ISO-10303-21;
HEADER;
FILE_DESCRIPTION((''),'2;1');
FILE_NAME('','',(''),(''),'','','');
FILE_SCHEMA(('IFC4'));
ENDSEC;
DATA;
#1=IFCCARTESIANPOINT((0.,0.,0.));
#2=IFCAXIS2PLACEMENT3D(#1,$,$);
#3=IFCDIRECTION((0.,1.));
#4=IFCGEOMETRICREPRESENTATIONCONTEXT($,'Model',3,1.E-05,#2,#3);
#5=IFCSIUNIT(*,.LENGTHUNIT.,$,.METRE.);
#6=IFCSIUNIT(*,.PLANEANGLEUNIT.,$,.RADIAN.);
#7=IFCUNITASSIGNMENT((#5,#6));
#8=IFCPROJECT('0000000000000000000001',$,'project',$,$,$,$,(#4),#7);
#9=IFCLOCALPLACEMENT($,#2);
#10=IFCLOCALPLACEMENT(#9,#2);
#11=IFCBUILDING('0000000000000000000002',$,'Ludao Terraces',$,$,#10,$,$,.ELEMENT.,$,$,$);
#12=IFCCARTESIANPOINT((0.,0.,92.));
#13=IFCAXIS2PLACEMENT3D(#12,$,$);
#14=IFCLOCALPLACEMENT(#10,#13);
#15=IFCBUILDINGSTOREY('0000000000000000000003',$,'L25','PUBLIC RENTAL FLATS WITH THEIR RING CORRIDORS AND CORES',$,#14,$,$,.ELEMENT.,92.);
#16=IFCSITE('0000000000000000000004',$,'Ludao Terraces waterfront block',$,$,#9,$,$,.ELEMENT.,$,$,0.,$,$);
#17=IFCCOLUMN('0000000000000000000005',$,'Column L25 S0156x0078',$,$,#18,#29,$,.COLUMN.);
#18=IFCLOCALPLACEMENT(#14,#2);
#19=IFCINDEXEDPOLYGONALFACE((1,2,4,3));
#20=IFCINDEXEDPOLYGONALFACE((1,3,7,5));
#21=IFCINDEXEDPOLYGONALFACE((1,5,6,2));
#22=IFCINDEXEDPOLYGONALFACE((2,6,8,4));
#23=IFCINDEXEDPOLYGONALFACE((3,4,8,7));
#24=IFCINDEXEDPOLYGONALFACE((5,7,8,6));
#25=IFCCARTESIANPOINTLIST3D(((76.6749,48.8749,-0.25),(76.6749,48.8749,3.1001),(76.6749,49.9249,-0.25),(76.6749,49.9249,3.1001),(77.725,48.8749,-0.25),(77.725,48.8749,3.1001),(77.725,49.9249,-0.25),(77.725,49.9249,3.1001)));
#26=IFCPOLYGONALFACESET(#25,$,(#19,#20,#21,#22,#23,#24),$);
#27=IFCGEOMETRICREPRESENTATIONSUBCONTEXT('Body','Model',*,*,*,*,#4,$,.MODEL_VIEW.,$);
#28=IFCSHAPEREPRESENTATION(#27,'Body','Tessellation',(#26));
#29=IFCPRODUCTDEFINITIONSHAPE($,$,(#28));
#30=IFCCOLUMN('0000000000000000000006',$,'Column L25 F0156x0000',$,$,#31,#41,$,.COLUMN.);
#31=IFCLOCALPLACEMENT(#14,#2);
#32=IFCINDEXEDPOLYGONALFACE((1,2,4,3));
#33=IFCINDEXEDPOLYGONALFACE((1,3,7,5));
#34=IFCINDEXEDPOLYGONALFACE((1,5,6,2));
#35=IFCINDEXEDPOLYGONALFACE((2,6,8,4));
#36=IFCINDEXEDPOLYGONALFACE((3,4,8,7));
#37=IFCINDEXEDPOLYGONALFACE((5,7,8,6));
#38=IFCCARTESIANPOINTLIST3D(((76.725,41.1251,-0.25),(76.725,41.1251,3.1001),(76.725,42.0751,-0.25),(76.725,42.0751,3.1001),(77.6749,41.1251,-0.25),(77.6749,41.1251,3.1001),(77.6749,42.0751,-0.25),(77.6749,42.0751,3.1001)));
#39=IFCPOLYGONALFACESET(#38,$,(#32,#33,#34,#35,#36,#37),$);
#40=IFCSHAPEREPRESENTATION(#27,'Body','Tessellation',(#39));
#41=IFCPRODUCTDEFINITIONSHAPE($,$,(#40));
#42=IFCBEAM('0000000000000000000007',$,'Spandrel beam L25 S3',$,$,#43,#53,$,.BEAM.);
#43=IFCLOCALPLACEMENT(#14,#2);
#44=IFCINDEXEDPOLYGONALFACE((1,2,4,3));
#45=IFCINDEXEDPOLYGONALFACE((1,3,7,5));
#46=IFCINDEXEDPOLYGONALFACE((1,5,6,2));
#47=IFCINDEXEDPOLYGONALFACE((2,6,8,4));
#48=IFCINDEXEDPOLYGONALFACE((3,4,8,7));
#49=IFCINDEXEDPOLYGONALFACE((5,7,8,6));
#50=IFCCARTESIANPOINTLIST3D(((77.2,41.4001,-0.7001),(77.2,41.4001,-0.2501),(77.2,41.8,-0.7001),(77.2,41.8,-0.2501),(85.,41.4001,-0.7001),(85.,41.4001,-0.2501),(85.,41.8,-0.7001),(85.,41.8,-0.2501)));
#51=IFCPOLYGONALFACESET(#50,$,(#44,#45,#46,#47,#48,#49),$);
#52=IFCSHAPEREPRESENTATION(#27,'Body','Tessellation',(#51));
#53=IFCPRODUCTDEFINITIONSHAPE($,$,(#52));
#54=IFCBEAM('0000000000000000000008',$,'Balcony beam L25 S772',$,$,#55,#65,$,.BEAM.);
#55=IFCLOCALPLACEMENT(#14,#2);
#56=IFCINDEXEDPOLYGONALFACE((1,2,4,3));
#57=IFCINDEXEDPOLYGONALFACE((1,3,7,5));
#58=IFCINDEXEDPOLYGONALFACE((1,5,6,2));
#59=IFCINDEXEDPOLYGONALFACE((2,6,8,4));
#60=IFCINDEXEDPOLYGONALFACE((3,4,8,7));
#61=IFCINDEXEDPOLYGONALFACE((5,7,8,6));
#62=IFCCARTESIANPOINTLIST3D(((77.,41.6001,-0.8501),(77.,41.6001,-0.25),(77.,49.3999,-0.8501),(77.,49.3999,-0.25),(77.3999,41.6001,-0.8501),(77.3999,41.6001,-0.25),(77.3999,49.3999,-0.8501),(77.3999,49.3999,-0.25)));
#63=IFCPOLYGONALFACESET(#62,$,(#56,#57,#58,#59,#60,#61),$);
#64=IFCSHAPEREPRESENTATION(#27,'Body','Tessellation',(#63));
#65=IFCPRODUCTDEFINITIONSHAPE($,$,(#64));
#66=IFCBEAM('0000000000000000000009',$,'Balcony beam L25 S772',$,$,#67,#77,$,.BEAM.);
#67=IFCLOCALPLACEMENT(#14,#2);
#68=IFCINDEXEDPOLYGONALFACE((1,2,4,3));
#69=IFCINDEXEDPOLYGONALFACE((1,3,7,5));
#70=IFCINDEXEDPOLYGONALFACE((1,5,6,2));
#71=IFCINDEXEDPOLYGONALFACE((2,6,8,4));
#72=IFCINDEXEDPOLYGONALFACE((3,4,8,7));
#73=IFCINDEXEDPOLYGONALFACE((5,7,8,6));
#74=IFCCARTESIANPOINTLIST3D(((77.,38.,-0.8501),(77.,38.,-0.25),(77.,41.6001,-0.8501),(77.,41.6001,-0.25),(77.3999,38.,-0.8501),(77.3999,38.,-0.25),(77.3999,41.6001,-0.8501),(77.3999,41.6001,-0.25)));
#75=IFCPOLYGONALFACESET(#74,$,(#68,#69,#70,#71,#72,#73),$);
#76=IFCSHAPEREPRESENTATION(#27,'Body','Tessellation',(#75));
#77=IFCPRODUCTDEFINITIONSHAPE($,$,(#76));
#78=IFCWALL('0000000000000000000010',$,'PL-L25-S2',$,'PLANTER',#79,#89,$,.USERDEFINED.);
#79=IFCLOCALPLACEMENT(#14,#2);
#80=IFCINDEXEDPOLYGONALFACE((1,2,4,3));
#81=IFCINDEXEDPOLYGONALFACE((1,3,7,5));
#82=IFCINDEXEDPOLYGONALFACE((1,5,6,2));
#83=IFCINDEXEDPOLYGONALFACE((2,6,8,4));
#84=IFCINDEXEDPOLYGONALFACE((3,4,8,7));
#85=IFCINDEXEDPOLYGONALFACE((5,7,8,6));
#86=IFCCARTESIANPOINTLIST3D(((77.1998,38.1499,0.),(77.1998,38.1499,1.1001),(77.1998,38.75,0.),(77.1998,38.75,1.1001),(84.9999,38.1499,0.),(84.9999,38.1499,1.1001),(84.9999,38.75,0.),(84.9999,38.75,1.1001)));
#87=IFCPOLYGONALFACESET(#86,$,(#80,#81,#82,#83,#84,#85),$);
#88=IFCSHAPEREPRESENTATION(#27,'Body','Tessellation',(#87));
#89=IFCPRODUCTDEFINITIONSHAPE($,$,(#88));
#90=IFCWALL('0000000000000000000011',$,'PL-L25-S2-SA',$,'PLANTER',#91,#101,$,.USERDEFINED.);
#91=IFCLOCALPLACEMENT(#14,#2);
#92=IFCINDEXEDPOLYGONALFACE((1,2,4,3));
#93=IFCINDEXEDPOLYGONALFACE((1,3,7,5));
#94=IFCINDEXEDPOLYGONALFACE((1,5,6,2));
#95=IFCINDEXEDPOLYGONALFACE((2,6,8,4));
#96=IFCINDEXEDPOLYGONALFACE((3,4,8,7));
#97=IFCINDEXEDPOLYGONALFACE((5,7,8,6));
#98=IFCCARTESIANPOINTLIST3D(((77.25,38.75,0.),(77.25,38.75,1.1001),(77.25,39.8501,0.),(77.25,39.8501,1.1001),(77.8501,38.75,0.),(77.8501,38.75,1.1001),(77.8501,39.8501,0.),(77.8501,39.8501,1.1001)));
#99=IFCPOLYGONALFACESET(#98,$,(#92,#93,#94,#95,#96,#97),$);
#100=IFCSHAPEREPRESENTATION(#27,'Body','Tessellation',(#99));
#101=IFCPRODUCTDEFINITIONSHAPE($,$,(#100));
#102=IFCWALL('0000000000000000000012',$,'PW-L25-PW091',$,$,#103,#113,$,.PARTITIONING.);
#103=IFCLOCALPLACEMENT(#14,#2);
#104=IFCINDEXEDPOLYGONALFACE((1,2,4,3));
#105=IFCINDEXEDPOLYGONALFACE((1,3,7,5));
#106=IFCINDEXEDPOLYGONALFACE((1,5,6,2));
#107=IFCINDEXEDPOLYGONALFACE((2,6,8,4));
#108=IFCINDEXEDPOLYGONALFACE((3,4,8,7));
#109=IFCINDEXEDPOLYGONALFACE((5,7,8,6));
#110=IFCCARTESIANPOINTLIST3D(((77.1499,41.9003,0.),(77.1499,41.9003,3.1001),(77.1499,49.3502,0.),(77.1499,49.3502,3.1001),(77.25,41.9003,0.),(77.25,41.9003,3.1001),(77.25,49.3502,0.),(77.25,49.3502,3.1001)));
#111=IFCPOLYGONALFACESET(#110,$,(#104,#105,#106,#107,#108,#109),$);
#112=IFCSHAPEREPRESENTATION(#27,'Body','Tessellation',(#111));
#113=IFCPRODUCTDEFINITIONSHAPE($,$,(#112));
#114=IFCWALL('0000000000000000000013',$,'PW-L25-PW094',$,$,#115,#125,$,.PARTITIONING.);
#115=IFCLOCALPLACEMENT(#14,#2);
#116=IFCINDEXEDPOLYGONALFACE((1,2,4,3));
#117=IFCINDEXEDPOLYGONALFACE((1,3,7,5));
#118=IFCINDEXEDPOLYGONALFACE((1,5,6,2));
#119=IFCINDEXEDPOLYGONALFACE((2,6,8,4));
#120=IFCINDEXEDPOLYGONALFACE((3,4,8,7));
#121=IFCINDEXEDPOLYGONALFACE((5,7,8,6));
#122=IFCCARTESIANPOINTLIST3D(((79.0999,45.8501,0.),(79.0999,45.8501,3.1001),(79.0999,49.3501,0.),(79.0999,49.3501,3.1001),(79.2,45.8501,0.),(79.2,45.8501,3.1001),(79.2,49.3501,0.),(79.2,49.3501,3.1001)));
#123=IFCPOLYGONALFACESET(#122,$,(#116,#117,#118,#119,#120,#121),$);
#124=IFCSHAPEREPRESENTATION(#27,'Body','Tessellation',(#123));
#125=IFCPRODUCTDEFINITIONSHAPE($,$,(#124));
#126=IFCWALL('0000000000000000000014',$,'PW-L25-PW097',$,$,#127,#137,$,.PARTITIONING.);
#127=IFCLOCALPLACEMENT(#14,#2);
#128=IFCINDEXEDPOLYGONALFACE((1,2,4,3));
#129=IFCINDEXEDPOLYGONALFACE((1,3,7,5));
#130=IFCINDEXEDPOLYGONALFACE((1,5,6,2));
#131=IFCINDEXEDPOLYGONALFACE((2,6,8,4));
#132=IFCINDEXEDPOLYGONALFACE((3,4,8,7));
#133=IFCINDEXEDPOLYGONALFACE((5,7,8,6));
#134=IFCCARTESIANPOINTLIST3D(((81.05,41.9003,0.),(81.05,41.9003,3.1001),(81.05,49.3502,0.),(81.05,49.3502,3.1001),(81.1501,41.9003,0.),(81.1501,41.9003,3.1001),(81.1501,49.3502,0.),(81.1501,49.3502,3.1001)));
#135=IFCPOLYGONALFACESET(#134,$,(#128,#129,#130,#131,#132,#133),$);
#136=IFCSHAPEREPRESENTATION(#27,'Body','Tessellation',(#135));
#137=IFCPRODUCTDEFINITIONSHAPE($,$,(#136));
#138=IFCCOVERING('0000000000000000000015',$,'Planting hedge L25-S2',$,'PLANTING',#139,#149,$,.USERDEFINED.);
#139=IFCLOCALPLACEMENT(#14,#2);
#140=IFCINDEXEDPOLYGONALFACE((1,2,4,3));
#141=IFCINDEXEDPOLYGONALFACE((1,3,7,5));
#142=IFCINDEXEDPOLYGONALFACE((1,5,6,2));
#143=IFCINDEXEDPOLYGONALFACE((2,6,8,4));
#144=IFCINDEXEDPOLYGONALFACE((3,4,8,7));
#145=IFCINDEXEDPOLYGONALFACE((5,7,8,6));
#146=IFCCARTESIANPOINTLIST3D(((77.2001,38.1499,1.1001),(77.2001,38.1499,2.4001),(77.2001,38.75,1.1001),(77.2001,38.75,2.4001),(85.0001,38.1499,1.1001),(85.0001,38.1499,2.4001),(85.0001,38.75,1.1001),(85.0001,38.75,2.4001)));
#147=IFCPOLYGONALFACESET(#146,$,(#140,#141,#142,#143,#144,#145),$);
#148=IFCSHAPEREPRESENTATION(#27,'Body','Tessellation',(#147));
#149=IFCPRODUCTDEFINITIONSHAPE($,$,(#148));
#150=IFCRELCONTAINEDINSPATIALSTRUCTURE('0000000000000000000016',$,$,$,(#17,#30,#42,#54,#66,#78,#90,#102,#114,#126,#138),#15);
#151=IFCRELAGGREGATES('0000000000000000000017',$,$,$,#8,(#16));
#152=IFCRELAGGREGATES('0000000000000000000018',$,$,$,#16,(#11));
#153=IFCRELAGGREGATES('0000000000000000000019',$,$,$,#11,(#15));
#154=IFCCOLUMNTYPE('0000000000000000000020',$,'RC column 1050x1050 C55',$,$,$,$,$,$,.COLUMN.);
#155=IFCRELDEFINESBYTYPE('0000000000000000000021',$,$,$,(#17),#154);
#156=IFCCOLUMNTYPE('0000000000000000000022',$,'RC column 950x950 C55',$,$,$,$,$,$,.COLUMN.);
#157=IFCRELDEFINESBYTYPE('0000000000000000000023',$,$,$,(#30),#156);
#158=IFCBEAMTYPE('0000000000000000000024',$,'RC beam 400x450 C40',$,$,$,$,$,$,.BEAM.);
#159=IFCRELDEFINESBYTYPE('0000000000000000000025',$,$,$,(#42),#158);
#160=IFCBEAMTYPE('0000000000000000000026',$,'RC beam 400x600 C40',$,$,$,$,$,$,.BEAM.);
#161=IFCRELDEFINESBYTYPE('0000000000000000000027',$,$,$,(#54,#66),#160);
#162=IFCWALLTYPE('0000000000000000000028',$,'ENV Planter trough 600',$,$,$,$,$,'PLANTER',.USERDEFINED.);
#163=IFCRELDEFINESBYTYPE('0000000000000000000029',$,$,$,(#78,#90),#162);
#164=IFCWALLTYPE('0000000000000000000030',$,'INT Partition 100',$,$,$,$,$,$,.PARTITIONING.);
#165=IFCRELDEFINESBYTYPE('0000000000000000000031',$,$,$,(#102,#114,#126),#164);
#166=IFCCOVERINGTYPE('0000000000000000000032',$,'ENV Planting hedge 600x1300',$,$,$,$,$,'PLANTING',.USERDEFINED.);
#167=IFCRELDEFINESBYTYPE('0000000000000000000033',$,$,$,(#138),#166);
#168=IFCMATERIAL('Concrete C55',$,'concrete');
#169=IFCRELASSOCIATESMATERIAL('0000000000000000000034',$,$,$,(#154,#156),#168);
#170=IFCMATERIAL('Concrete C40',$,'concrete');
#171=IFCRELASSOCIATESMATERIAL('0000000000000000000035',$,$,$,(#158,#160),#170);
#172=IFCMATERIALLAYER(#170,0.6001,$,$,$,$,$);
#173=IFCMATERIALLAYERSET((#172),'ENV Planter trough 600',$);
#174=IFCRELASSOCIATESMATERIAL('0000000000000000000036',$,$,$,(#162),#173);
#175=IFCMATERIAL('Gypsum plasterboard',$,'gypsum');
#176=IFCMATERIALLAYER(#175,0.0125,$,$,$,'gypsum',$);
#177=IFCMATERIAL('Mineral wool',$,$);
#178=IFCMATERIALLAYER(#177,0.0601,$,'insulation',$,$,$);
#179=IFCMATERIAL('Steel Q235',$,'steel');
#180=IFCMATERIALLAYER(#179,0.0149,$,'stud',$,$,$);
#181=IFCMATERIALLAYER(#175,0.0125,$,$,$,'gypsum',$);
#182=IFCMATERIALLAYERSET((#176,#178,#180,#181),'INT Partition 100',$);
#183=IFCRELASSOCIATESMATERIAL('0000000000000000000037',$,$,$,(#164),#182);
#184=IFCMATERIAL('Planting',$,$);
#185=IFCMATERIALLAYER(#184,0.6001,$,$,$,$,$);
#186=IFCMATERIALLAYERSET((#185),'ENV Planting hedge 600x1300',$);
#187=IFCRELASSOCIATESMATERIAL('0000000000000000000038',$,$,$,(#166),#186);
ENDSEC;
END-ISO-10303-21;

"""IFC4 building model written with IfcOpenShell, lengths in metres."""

from ifc_helpers import new_model, si_unit, direction, frame, frame_2d, origin, origin_2d, place, context, subcontext, project, spatial, rectangle, extrude, material, layer, layer_set, material_profile, profile_set, type_object, element, save


model = new_model("IFC4")

# Units and contexts
model_context = context("Model", 3, precision=1e-05, world=origin(), true_north=direction((0.0, 1.0)))
body_context = subcontext(model_context, "Body", "Model", "MODEL_VIEW")
ifc_project = project(units=[si_unit("LENGTHUNIT", "METRE"), si_unit("PLANEANGLEUNIT", "RADIAN")], contexts=[model_context])

# Site, building, storey
site_placement = place(None, origin())
site = spatial("IfcSite", under=ifc_project, at=site_placement, Name="Ludao Terraces waterfront block", CompositionType="ELEMENT", RefElevation=0.0)
building_placement = place(site_placement, origin())
building = spatial("IfcBuilding", under=site, at=building_placement, Name="Ludao Terraces", CompositionType="ELEMENT")
storey_placement = place(building_placement, frame((0.0, 0.0, 92.0)))
storey = spatial("IfcBuildingStorey", under=building, at=storey_placement, Name="L25", Description="PUBLIC RENTAL FLATS WITH THEIR RING CORRIDORS AND CORES", CompositionType="ELEMENT", Elevation=92.0)

# Columns
ifc_material_1 = material(Name="Concrete C55", Category="concrete")
ifc_material_profile_1 = material_profile(ifc_material_1, rectangle(XDim=1.05, YDim=1.05, at=origin_2d()), Name="1050 X 1050")
ifc_profile_set_1 = profile_set([ifc_material_profile_1], Name="Concrete C55")
column_type_1 = type_object("IfcColumnType", Name="RC column 1050x1050 C55", PredefinedType="COLUMN", material=ifc_profile_set_1)
column_1_placement = place(storey_placement, frame((77.2, 49.3999, -0.25), z_axis=(0.0, 0.0, 1.0), x_axis=(1.0, 0.0, 0.0)))
element("IfcColumn", 1, at=column_1_placement, inside=storey, type_object=column_type_1, Name="Column L25 S0156x0078", PredefinedType="COLUMN", context=body_context, shape_type="SweptSolid", body=[
    extrude(rectangle(XDim=1.05, YDim=1.05, at=origin_2d()), origin(), (0.0, 0.0, 1.0), 3.3501),
])
ifc_material_profile_2 = material_profile(ifc_material_1, rectangle(XDim=0.95, YDim=0.95, at=origin_2d()), Name="950 X 950")
ifc_profile_set_2 = profile_set([ifc_material_profile_2], Name="Concrete C55")
column_type_2 = type_object("IfcColumnType", Name="RC column 950x950 C55", PredefinedType="COLUMN", material=ifc_profile_set_2)
column_2_placement = place(storey_placement, frame((77.2, 41.6001, -0.25), z_axis=(0.0, 0.0, 1.0), x_axis=(1.0, 0.0, 0.0)))
element("IfcColumn", 2, at=column_2_placement, inside=storey, type_object=column_type_2, Name="Column L25 F0156x0000", PredefinedType="COLUMN", context=body_context, shape_type="SweptSolid", body=[
    extrude(rectangle(XDim=0.95, YDim=0.95, at=origin_2d()), origin(), (0.0, 0.0, 1.0), 3.3501),
])

# Beams
ifc_material_2 = material(Name="Concrete C40", Category="concrete")
ifc_material_profile_3 = material_profile(ifc_material_2, rectangle(XDim=0.3999, YDim=0.45, at=origin_2d()), Name="400 X 450")
ifc_profile_set_3 = profile_set([ifc_material_profile_3], Name="Concrete C40")
beam_type_1 = type_object("IfcBeamType", Name="RC beam 400x450 C40", PredefinedType="BEAM", material=ifc_profile_set_3)
beam_1_placement = place(storey_placement, frame((77.2, 41.6001, -0.4751), z_axis=(1.0, 0.0, 0.0), x_axis=(0.0, 1.0, 0.0)))
element("IfcBeam", 3, at=beam_1_placement, inside=storey, type_object=beam_type_1, Name="Spandrel beam L25 S3", PredefinedType="BEAM", context=body_context, shape_type="SweptSolid", body=[
    extrude(rectangle(XDim=0.3999, YDim=0.45, at=origin_2d()), origin(), (0.0, 0.0, 1.0), 7.8),
])
ifc_material_profile_4 = material_profile(ifc_material_2, rectangle(XDim=0.3999, YDim=0.6001, at=origin_2d()), Name="400 X 600")
ifc_profile_set_4 = profile_set([ifc_material_profile_4], Name="Concrete C40")
beam_type_2 = type_object("IfcBeamType", Name="RC beam 400x600 C40", PredefinedType="BEAM", material=ifc_profile_set_4)
beam_2_placement = place(storey_placement, frame((77.2, 49.3999, -0.55), z_axis=(0.0, -1.0, 0.0), x_axis=(1.0, 0.0, 0.0)))
element("IfcBeam", 4, at=beam_2_placement, inside=storey, type_object=beam_type_2, Name="Balcony beam L25 S772", PredefinedType="BEAM", context=body_context, shape_type="SweptSolid", body=[
    extrude(rectangle(XDim=0.3999, YDim=0.6001, at=origin_2d()), origin(), (0.0, 0.0, 1.0), 7.7998),
])
beam_3_placement = place(storey_placement, frame((77.2, 41.6001, -0.55), z_axis=(0.0, -1.0, 0.0), x_axis=(1.0, 0.0, 0.0)))
element("IfcBeam", 5, at=beam_3_placement, inside=storey, type_object=beam_type_2, Name="Balcony beam L25 S772", PredefinedType="BEAM", context=body_context, shape_type="SweptSolid", body=[
    extrude(rectangle(XDim=0.3999, YDim=0.6001, at=origin_2d()), origin(), (0.0, 0.0, 1.0), 3.6001),
])

# Walls
ifc_layer_1 = layer(ifc_material_2, 0.6001)
ifc_layer_set_1 = layer_set([ifc_layer_1], Name="ENV Planter trough 600")
wall_type_1 = type_object("IfcWallType", Name="ENV Planter trough 600", ElementType="PLANTER", PredefinedType="USERDEFINED", material=ifc_layer_set_1)
wall_1_placement = place(storey_placement, frame((77.2, 38.45, 0.0), z_axis=(0.0, 0.0, 1.0), x_axis=(1.0, 0.0, 0.0)))
element("IfcWall", 6, at=wall_1_placement, inside=storey, type_object=wall_type_1, Name="PL-L25-S2", ObjectType="PLANTER", PredefinedType="USERDEFINED", context=body_context, shape_type="SweptSolid", body=[
    extrude(rectangle(XDim=7.8, YDim=0.6001, at=frame_2d((3.8999, 0.0))), origin(), (0.0, 0.0, 1.0), 1.1001),
])
wall_2_placement = place(storey_placement, frame((77.55, 38.75, 0.0), z_axis=(0.0, 0.0, 1.0), x_axis=(0.0, 1.0, 0.0)))
element("IfcWall", 7, at=wall_2_placement, inside=storey, type_object=wall_type_1, Name="PL-L25-S2-SA", ObjectType="PLANTER", PredefinedType="USERDEFINED", context=body_context, shape_type="SweptSolid", body=[
    extrude(rectangle(XDim=1.1001, YDim=0.6001, at=frame_2d((0.55, 0.0))), origin(), (0.0, 0.0, 1.0), 1.1001),
])

# Shared definitions
ifc_material_3 = material(Name="Mineral wool")

# Walls
ifc_material_4 = material(Name="Gypsum plasterboard", Category="gypsum")
ifc_layer_2 = layer(ifc_material_4, 0.0125, Category="gypsum")
ifc_layer_3 = layer(ifc_material_3, 0.0601, Name="insulation")
ifc_material_5 = material(Name="Steel Q235", Category="steel")
ifc_layer_4 = layer(ifc_material_5, 0.0149, Name="stud")
ifc_layer_5 = layer(ifc_material_4, 0.0125, Category="gypsum")
ifc_layer_set_2 = layer_set([ifc_layer_2, ifc_layer_3, ifc_layer_4, ifc_layer_5], Name="INT Partition 100")
wall_type_2 = type_object("IfcWallType", Name="INT Partition 100", PredefinedType="PARTITIONING", material=ifc_layer_set_2)
wall_3_placement = place(storey_placement, frame((77.2, 41.9001, 0.0), z_axis=(0.0, 0.0, 1.0), x_axis=(0.0, 1.0, 0.0)))
element("IfcWall", 8, at=wall_3_placement, inside=storey, type_object=wall_type_2, Name="PW-L25-PW091", PredefinedType="PARTITIONING", context=body_context, shape_type="SweptSolid", body=[
    extrude(rectangle(XDim=7.45, YDim=0.1001, at=frame_2d((3.7251, 0.0))), origin(), (0.0, 0.0, 1.0), 3.1001),
])
wall_4_placement = place(storey_placement, frame((79.1499, 45.8501, 0.0), z_axis=(0.0, 0.0, 1.0), x_axis=(0.0, 1.0, 0.0)))
element("IfcWall", 9, at=wall_4_placement, inside=storey, type_object=wall_type_2, Name="PW-L25-PW094", PredefinedType="PARTITIONING", context=body_context, shape_type="SweptSolid", body=[
    extrude(rectangle(XDim=3.5, YDim=0.1001, at=frame_2d((1.75, 0.0))), origin(), (0.0, 0.0, 1.0), 3.1001),
])
wall_5_placement = place(storey_placement, frame((81.1001, 41.9001, 0.0), z_axis=(0.0, 0.0, 1.0), x_axis=(0.0, 1.0, 0.0)))
element("IfcWall", 10, at=wall_5_placement, inside=storey, type_object=wall_type_2, Name="PW-L25-PW097", PredefinedType="PARTITIONING", context=body_context, shape_type="SweptSolid", body=[
    extrude(rectangle(XDim=7.45, YDim=0.1001, at=frame_2d((3.7251, 0.0))), origin(), (0.0, 0.0, 1.0), 3.1001),
])

# Covering
ifc_material_6 = material(Name="Planting")
ifc_layer_6 = layer(ifc_material_6, 0.6001)
ifc_layer_set_3 = layer_set([ifc_layer_6], Name="ENV Planting hedge 600x1300")
covering_type = type_object("IfcCoveringType", Name="ENV Planting hedge 600x1300", ElementType="PLANTING", PredefinedType="USERDEFINED", material=ifc_layer_set_3)
covering_placement = place(storey_placement, frame((81.1001, 38.45, 1.1001), z_axis=(0.0, 0.0, 1.0), x_axis=(1.0, 0.0, 0.0)))
element("IfcCovering", 11, at=covering_placement, inside=storey, type_object=covering_type, Name="Planting hedge L25-S2", ObjectType="PLANTING", PredefinedType="USERDEFINED", context=body_context, shape_type="SweptSolid", body=[
    extrude(rectangle(XDim=7.8, YDim=0.6001, at=origin_2d()), origin(), (0.0, 0.0, 1.0), 1.3),
])

save(model, "model.ifc")
